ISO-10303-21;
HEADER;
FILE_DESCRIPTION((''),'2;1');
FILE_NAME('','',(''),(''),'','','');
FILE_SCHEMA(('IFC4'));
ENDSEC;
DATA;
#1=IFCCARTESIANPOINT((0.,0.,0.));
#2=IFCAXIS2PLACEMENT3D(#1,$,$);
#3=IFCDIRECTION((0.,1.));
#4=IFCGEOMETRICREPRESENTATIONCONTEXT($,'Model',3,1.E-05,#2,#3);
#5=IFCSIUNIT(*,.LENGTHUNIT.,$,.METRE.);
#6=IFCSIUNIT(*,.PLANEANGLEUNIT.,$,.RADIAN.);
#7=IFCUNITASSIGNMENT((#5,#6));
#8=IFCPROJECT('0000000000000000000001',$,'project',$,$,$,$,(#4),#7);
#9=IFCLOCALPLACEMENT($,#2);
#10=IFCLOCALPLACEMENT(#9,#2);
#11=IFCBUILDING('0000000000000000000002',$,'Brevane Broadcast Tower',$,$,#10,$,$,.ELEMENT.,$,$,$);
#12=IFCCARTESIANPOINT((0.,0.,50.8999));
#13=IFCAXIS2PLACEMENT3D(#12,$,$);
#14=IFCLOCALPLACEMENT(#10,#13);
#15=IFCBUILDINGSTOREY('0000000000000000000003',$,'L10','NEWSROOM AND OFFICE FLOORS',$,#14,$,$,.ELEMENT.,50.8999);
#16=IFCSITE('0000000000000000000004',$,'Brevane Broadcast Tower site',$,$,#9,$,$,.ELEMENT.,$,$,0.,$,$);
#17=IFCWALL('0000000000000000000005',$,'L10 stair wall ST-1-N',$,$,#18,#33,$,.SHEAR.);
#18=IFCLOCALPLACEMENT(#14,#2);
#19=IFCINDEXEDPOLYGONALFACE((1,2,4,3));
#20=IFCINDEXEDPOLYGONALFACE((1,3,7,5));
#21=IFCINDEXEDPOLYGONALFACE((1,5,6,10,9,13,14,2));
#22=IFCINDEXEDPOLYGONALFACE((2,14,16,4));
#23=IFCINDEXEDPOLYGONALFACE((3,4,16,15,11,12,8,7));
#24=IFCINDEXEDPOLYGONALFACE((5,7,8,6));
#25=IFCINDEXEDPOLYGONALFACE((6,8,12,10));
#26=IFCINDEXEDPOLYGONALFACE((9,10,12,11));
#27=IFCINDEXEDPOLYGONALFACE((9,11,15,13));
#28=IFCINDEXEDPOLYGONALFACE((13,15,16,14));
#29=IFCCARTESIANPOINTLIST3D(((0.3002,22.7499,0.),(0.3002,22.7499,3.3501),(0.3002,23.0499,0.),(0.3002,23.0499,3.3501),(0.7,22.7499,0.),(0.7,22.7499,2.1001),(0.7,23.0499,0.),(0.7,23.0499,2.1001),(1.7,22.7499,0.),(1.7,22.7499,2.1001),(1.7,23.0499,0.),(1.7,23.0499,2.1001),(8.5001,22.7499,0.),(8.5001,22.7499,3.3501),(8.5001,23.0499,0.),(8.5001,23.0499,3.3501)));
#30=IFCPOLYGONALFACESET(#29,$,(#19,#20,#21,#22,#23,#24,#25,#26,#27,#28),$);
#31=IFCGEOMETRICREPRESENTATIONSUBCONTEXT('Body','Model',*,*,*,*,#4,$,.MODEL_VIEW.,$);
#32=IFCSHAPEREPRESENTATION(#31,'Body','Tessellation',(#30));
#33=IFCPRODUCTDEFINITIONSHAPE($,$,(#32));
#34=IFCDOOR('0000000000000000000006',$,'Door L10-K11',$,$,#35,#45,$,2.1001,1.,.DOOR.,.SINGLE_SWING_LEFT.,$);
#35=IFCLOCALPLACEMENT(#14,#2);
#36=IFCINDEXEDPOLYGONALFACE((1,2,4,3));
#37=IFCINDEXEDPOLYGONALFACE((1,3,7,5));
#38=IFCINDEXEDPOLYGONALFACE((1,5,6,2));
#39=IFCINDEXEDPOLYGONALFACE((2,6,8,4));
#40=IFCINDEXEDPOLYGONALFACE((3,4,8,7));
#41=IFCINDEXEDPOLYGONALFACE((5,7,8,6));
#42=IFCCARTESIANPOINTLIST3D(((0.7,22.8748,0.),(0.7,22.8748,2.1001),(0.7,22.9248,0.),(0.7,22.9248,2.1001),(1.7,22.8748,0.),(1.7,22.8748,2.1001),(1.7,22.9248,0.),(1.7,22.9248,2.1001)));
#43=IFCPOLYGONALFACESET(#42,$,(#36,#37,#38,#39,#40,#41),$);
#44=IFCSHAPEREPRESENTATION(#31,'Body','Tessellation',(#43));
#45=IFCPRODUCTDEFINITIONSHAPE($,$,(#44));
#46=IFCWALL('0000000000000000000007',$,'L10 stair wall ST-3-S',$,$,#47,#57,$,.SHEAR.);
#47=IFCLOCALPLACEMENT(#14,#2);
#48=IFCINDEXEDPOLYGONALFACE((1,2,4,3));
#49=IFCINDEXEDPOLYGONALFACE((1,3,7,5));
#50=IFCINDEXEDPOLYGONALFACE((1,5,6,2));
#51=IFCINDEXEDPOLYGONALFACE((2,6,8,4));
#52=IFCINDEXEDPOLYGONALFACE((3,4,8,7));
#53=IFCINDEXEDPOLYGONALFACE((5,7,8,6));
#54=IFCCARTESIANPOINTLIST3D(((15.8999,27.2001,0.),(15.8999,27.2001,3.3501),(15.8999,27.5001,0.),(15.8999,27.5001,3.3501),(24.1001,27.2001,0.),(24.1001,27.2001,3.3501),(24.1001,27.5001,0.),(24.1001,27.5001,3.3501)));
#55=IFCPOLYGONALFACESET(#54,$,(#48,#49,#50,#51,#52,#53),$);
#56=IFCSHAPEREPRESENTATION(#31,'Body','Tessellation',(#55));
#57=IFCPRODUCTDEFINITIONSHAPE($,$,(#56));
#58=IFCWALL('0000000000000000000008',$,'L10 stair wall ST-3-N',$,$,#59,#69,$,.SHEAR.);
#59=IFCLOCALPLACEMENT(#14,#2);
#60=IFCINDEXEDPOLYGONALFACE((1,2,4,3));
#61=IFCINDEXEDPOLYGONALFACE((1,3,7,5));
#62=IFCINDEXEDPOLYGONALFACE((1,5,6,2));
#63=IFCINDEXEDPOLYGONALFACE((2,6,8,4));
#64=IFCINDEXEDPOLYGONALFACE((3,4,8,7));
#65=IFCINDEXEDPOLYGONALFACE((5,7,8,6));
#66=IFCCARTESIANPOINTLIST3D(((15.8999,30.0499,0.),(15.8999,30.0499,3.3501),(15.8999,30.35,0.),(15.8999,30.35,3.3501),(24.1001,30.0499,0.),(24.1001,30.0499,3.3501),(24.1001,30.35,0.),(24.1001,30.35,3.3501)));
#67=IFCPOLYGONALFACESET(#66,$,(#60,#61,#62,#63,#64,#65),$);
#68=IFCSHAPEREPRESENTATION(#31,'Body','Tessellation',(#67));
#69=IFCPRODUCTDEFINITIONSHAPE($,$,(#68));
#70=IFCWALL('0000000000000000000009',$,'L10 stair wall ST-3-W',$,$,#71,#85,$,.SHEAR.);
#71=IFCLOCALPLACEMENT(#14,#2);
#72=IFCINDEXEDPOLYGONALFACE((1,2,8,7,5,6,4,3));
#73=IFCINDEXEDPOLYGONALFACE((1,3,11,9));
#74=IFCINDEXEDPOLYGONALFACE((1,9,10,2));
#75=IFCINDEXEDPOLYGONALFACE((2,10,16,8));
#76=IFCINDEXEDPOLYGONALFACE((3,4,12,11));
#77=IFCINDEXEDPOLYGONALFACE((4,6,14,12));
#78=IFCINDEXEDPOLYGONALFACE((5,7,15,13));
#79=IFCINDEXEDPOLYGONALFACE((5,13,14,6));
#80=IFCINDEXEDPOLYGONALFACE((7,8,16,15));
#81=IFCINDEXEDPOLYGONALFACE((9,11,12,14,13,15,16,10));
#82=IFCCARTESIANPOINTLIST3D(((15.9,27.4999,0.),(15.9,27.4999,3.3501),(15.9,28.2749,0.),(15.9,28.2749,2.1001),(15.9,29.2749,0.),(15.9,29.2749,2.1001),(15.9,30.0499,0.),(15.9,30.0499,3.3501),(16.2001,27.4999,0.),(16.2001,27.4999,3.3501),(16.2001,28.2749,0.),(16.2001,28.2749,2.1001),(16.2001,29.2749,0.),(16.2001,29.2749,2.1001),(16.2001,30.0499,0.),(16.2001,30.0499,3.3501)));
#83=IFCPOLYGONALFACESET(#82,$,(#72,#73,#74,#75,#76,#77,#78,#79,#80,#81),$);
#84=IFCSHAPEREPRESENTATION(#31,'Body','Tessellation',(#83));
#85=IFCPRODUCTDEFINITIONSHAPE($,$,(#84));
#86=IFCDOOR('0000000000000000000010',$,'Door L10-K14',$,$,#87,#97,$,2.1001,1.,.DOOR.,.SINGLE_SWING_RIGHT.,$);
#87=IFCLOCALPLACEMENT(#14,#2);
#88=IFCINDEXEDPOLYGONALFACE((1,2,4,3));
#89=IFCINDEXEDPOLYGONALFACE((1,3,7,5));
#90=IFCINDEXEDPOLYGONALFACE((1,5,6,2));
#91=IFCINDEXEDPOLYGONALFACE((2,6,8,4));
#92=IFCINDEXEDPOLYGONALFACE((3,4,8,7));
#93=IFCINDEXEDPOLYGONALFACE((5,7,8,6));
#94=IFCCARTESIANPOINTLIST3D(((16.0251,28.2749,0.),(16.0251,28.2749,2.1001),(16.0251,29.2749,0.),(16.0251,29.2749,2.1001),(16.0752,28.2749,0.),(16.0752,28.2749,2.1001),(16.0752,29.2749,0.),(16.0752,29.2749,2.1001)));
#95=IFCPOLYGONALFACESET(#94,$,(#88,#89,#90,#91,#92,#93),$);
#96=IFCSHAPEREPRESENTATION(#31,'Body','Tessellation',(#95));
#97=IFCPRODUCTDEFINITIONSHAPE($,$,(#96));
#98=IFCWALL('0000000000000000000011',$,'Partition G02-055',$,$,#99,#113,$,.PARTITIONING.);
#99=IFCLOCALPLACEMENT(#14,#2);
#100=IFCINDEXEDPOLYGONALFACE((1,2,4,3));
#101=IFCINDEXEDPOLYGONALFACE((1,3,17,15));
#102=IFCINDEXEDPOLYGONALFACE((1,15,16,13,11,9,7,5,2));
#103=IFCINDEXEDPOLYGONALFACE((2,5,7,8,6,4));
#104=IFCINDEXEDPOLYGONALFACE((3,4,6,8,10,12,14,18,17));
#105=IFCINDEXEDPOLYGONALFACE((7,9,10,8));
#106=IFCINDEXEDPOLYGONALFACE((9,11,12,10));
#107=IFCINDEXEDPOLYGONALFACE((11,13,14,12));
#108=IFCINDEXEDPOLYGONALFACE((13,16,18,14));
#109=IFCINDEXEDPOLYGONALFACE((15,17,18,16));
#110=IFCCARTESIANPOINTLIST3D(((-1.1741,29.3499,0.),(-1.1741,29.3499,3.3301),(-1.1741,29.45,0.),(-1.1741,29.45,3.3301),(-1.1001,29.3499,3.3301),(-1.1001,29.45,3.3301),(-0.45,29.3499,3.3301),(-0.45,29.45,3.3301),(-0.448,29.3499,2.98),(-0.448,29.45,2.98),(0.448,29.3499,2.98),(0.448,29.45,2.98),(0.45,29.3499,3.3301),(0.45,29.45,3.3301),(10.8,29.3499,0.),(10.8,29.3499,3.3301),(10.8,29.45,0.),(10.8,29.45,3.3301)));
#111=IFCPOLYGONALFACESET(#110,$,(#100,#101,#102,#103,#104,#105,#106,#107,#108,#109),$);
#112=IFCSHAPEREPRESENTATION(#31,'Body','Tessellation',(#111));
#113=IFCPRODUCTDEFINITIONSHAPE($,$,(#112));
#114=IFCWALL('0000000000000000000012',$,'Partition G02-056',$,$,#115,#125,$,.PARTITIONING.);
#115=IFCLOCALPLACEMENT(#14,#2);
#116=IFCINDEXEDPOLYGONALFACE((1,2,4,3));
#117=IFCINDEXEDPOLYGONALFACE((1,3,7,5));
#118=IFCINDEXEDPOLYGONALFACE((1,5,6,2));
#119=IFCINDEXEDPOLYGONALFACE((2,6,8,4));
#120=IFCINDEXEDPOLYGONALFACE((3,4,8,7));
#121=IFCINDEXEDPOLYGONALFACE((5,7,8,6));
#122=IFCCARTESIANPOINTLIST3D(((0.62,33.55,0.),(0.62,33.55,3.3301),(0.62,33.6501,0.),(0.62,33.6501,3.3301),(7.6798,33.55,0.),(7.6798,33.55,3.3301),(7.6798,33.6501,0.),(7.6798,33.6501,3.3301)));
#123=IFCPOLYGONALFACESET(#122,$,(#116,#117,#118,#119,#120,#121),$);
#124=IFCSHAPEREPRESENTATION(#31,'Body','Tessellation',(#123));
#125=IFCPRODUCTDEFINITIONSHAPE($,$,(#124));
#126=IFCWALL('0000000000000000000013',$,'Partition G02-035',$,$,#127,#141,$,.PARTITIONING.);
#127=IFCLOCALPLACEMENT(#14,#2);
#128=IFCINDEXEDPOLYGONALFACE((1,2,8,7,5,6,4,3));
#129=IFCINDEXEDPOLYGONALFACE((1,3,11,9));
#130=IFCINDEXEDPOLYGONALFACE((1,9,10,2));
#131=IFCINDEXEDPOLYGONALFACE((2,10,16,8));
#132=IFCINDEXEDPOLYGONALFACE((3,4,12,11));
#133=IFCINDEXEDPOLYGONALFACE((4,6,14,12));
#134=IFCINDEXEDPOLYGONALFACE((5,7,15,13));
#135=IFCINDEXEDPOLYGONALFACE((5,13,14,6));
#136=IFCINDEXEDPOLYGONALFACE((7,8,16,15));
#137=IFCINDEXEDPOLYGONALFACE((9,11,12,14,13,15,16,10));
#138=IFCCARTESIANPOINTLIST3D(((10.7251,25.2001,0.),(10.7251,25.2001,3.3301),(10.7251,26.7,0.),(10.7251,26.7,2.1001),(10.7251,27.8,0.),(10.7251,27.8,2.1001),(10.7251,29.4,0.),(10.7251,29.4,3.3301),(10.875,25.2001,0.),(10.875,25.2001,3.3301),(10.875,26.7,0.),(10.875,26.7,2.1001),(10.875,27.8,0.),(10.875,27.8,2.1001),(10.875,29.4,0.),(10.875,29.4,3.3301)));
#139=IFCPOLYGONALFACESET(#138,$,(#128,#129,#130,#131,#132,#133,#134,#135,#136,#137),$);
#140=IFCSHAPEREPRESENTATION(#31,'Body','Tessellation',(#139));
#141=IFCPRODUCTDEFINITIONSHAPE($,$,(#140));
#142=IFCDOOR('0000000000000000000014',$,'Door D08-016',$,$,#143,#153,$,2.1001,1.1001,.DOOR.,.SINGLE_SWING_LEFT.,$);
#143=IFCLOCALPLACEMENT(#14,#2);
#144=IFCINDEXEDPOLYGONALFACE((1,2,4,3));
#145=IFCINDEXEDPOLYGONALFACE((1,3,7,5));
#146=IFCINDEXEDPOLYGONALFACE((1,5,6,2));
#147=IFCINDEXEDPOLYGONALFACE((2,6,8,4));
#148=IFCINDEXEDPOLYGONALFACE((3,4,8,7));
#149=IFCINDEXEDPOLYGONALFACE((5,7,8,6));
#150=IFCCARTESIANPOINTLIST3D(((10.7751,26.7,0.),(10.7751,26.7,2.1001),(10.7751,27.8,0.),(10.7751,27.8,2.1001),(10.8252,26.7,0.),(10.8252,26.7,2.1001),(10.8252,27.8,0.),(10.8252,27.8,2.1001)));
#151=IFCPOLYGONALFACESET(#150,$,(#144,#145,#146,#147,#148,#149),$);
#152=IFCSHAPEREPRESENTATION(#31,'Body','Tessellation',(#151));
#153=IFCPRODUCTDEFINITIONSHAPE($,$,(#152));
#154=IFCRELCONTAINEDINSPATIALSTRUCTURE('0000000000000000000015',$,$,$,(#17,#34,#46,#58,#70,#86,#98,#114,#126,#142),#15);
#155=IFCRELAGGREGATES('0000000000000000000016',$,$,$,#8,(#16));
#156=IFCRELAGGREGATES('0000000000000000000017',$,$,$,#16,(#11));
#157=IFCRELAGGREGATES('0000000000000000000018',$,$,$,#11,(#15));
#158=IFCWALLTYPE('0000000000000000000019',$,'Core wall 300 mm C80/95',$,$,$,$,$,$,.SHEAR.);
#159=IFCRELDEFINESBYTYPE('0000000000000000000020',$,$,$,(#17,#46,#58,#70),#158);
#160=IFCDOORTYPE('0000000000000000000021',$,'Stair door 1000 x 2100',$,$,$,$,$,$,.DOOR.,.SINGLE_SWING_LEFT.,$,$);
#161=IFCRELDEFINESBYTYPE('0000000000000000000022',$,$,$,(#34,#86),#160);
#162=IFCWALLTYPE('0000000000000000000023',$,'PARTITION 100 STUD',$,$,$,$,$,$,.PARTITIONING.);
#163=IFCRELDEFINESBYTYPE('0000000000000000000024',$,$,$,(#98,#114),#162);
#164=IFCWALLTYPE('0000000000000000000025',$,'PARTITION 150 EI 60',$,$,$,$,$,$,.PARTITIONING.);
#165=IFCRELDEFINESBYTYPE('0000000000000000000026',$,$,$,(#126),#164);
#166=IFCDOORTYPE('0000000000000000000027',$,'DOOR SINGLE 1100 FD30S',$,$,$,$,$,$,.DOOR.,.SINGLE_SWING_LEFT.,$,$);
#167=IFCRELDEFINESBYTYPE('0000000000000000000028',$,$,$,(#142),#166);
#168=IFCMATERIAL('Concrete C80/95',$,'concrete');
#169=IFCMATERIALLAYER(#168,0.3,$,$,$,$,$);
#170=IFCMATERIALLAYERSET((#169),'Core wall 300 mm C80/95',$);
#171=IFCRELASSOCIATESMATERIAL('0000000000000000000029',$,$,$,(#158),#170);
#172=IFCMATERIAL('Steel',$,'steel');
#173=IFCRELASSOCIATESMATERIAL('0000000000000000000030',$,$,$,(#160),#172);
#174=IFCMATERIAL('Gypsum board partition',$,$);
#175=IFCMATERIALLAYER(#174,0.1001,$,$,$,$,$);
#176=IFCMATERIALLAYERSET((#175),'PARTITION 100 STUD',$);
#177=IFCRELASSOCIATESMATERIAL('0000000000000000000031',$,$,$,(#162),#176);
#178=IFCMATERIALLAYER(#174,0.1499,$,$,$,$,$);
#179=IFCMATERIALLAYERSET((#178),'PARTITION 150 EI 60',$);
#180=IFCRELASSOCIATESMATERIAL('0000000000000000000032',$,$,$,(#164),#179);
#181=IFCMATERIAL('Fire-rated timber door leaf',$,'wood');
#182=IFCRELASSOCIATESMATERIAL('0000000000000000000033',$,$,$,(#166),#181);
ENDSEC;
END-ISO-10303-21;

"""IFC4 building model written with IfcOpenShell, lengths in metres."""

from ifc_helpers import new_model, si_unit, direction, frame, frame_2d, origin, place, context, subcontext, project, spatial, polyline, rectangle, outline, extrude, material, layer, layer_set, type_object, element, fill, save


model = new_model("IFC4")

# Units and contexts
model_context = context("Model", 3, precision=1e-05, world=origin(), true_north=direction((0.0, 1.0)))
body_context = subcontext(model_context, "Body", "Model", "MODEL_VIEW")
ifc_project = project(units=[si_unit("LENGTHUNIT", "METRE"), si_unit("PLANEANGLEUNIT", "RADIAN")], contexts=[model_context])

# Site, building, storey
site_placement = place(None, origin())
site = spatial("IfcSite", under=ifc_project, at=site_placement, Name="Brevane Broadcast Tower site", CompositionType="ELEMENT", RefElevation=0.0)
building_placement = place(site_placement, origin())
building = spatial("IfcBuilding", under=site, at=building_placement, Name="Brevane Broadcast Tower", CompositionType="ELEMENT")
storey_placement = place(building_placement, frame((0.0, 0.0, 50.8999)))
storey = spatial("IfcBuildingStorey", under=building, at=storey_placement, Name="L10", Description="NEWSROOM AND OFFICE FLOORS", CompositionType="ELEMENT", Elevation=50.8999)

# Shared definitions
ifc_material_1 = material(Name="Concrete C80/95", Category="concrete")

# Wall, opening, door
ifc_layer_1 = layer(ifc_material_1, 0.3)
ifc_layer_set_1 = layer_set([ifc_layer_1], Name="Core wall 300 mm C80/95")
wall_type_1 = type_object("IfcWallType", Name="Core wall 300 mm C80/95", PredefinedType="SHEAR", material=ifc_layer_set_1)
wall_1_placement = place(storey_placement, frame((0.3, 22.8999, 0.0), z_axis=(0.0, 0.0, 1.0), x_axis=(1.0, 0.0, 0.0)))
wall_1 = element("IfcWall", 1, at=wall_1_placement, inside=storey, type_object=wall_type_1, Name="L10 stair wall ST-1-N", PredefinedType="SHEAR", context=body_context, shape_type="SweptSolid", body=[
    extrude(rectangle(XDim=8.2, YDim=0.3, at=frame_2d((4.1001, 0.0))), origin(), (0.0, 0.0, 1.0), 3.3501),
])
opening_1_placement = place(wall_1_placement, frame((0.3999, 0.0, 0.0)))
opening_1 = element("IfcOpeningElement", 2, at=opening_1_placement, cuts=wall_1, PredefinedType="OPENING", context=body_context, shape_type="SweptSolid", body=[
    extrude(rectangle(XDim=1.0, YDim=2.1001, at=frame_2d((0.5, 1.05))), frame((0.0, 0.1599, 0.0), z_axis=(0.0, -1.0, 0.0), x_axis=(1.0, 0.0, 0.0)), (0.0, 0.0, 1.0), 0.3201),
])
ifc_material_2 = material(Name="Steel", Category="steel")
door_type_1 = type_object("IfcDoorType", Name="Stair door 1000 x 2100", OperationType="SINGLE_SWING_LEFT", PredefinedType="DOOR", material=ifc_material_2)
door_1_placement = place(opening_1_placement, origin())
door_1 = element("IfcDoor", 3, at=door_1_placement, inside=storey, type_object=door_type_1, Name="Door L10-K11", OperationType="SINGLE_SWING_LEFT", OverallHeight=2.1001, OverallWidth=1.0, PredefinedType="DOOR", context=body_context, shape_type="SweptSolid", body=[
    extrude(rectangle(XDim=1.0, YDim=2.1001, at=frame_2d((0.5, 1.05))), frame((0.0, 0.0249, 0.0), z_axis=(0.0, -1.0, 0.0), x_axis=(1.0, 0.0, 0.0)), (0.0, 0.0, 1.0), 0.05),
])
fill(opening_1, door_1)

# Walls
for number, where, z_axis, x_axis, name in (
    (4, (15.8999, 27.3501, 0.0), (0.0, 0.0, 1.0), (1.0, 0.0, 0.0), "L10 stair wall ST-3-S"),
    (5, (15.8999, 30.2, 0.0), (0.0, 0.0, 1.0), (1.0, 0.0, 0.0), "L10 stair wall ST-3-N"),
):
    element("IfcWall", number, at=place(storey_placement, frame(where, z_axis=z_axis, x_axis=x_axis)), inside=storey, type_object=wall_type_1, Name=name, PredefinedType="SHEAR", context=body_context, shape_type="SweptSolid", body=[
        extrude(rectangle(XDim=8.2002, YDim=0.3, at=frame_2d((4.1001, 0.0))), origin(), (0.0, 0.0, 1.0), 3.3501),
    ])

# Wall, opening, door
wall_2_placement = place(storey_placement, frame((16.05, 27.5, 0.0), z_axis=(0.0, 0.0, 1.0), x_axis=(0.0, 1.0, 0.0)))
wall_2 = element("IfcWall", 6, at=wall_2_placement, inside=storey, type_object=wall_type_1, Name="L10 stair wall ST-3-W", PredefinedType="SHEAR", context=body_context, shape_type="SweptSolid", body=[
    extrude(rectangle(XDim=2.55, YDim=0.3, at=frame_2d((1.2749, 0.0))), origin(), (0.0, 0.0, 1.0), 3.3501),
])
opening_2_placement = place(wall_2_placement, frame((0.7749, 0.0, 0.0)))
opening_2 = element("IfcOpeningElement", 7, at=opening_2_placement, cuts=wall_2, PredefinedType="OPENING", context=body_context, shape_type="SweptSolid", body=[
    extrude(rectangle(XDim=1.0, YDim=2.1001, at=frame_2d((0.5, 1.05))), frame((0.0, 0.1599, 0.0), z_axis=(0.0, -1.0, 0.0), x_axis=(1.0, 0.0, 0.0)), (0.0, 0.0, 1.0), 0.3201),
])
door_2_placement = place(opening_2_placement, origin())
door_2 = element("IfcDoor", 8, at=door_2_placement, inside=storey, type_object=door_type_1, Name="Door L10-K14", OperationType="SINGLE_SWING_RIGHT", OverallHeight=2.1001, OverallWidth=1.0, PredefinedType="DOOR", context=body_context, shape_type="SweptSolid", body=[
    extrude(rectangle(XDim=1.0, YDim=2.1001, at=frame_2d((0.5, 1.05))), frame((0.0, 0.0249, 0.0), z_axis=(0.0, -1.0, 0.0), x_axis=(1.0, 0.0, 0.0)), (0.0, 0.0, 1.0), 0.05),
])
fill(opening_2, door_2)

# Walls
ifc_material_3 = material(Name="Gypsum board partition")
ifc_layer_2 = layer(ifc_material_3, 0.1001)
ifc_layer_set_2 = layer_set([ifc_layer_2], Name="PARTITION 100 STUD")
wall_type_2 = type_object("IfcWallType", Name="PARTITION 100 STUD", PredefinedType="PARTITIONING", material=ifc_layer_set_2)
wall_3_placement = place(storey_placement, frame((-1.1741, 29.3999, 0.0), z_axis=(0.0, 0.0, 1.0), x_axis=(1.0, 0.0, 0.0)))
element("IfcWall", 9, at=wall_3_placement, inside=storey, type_object=wall_type_2, Name="Partition G02-055", PredefinedType="PARTITIONING", context=body_context, shape_type="SweptSolid", body=[
    extrude(outline(polyline([(0.0, 0.0), (11.9741, 0.0), (11.9741, 3.3301), (1.624, 3.3301), (1.6221, 2.98), (0.7261, 2.98), (0.7241, 3.3301), (0.074, 3.3301), (0.0, 3.3301), (0.0, 0.0)])), frame((0.0, 0.05, 0.0), z_axis=(0.0, -1.0, 0.0), x_axis=(1.0, 0.0, 0.0)), (0.0, 0.0, 1.0), 0.1001),
])
wall_4_placement = place(storey_placement, frame((0.6201, 33.6001, 0.0), z_axis=(0.0, 0.0, 1.0), x_axis=(1.0, 0.0, 0.0)))
element("IfcWall", 10, at=wall_4_placement, inside=storey, type_object=wall_type_2, Name="Partition G02-056", PredefinedType="PARTITIONING", context=body_context, shape_type="SweptSolid", body=[
    extrude(rectangle(XDim=7.0598, YDim=0.1001, at=frame_2d((3.5298, 0.0))), origin(), (0.0, 0.0, 1.0), 3.3301),
])

# Wall, opening, door
ifc_layer_3 = layer(ifc_material_3, 0.1499)
ifc_layer_set_3 = layer_set([ifc_layer_3], Name="PARTITION 150 EI 60")
wall_type_3 = type_object("IfcWallType", Name="PARTITION 150 EI 60", PredefinedType="PARTITIONING", material=ifc_layer_set_3)
wall_5_placement = place(storey_placement, frame((10.8, 25.2, 0.0), z_axis=(0.0, 0.0, 1.0), x_axis=(0.0, 1.0, 0.0)))
wall_5 = element("IfcWall", 11, at=wall_5_placement, inside=storey, type_object=wall_type_3, Name="Partition G02-035", PredefinedType="PARTITIONING", context=body_context, shape_type="SweptSolid", body=[
    extrude(rectangle(XDim=4.2, YDim=0.1499, at=frame_2d((2.1001, 0.0))), origin(), (0.0, 0.0, 1.0), 3.3301),
])
opening_3_placement = place(wall_5_placement, frame((1.5, 0.0, 0.0)))
opening_3 = element("IfcOpeningElement", 12, at=opening_3_placement, cuts=wall_5, PredefinedType="OPENING", context=body_context, shape_type="SweptSolid", body=[
    extrude(rectangle(XDim=1.1001, YDim=2.1001, at=frame_2d((0.55, 1.05))), frame((0.0, 0.085, 0.0), z_axis=(0.0, -1.0, 0.0), x_axis=(1.0, 0.0, 0.0)), (0.0, 0.0, 1.0), 0.1699),
])
ifc_material_4 = material(Name="Fire-rated timber door leaf", Category="wood")
door_type_2 = type_object("IfcDoorType", Name="DOOR SINGLE 1100 FD30S", OperationType="SINGLE_SWING_LEFT", PredefinedType="DOOR", material=ifc_material_4)
door_3_placement = place(opening_3_placement, origin())
door_3 = element("IfcDoor", 13, at=door_3_placement, inside=storey, type_object=door_type_2, Name="Door D08-016", OperationType="SINGLE_SWING_LEFT", OverallHeight=2.1001, OverallWidth=1.1001, PredefinedType="DOOR", context=body_context, shape_type="SweptSolid", body=[
    extrude(rectangle(XDim=1.1001, YDim=2.1001, at=frame_2d((0.55, 1.05))), frame((0.0, 0.0249, 0.0), z_axis=(0.0, -1.0, 0.0), x_axis=(1.0, 0.0, 0.0)), (0.0, 0.0, 1.0), 0.05),
])
fill(opening_3, door_3)

save(model, "model.ifc")
